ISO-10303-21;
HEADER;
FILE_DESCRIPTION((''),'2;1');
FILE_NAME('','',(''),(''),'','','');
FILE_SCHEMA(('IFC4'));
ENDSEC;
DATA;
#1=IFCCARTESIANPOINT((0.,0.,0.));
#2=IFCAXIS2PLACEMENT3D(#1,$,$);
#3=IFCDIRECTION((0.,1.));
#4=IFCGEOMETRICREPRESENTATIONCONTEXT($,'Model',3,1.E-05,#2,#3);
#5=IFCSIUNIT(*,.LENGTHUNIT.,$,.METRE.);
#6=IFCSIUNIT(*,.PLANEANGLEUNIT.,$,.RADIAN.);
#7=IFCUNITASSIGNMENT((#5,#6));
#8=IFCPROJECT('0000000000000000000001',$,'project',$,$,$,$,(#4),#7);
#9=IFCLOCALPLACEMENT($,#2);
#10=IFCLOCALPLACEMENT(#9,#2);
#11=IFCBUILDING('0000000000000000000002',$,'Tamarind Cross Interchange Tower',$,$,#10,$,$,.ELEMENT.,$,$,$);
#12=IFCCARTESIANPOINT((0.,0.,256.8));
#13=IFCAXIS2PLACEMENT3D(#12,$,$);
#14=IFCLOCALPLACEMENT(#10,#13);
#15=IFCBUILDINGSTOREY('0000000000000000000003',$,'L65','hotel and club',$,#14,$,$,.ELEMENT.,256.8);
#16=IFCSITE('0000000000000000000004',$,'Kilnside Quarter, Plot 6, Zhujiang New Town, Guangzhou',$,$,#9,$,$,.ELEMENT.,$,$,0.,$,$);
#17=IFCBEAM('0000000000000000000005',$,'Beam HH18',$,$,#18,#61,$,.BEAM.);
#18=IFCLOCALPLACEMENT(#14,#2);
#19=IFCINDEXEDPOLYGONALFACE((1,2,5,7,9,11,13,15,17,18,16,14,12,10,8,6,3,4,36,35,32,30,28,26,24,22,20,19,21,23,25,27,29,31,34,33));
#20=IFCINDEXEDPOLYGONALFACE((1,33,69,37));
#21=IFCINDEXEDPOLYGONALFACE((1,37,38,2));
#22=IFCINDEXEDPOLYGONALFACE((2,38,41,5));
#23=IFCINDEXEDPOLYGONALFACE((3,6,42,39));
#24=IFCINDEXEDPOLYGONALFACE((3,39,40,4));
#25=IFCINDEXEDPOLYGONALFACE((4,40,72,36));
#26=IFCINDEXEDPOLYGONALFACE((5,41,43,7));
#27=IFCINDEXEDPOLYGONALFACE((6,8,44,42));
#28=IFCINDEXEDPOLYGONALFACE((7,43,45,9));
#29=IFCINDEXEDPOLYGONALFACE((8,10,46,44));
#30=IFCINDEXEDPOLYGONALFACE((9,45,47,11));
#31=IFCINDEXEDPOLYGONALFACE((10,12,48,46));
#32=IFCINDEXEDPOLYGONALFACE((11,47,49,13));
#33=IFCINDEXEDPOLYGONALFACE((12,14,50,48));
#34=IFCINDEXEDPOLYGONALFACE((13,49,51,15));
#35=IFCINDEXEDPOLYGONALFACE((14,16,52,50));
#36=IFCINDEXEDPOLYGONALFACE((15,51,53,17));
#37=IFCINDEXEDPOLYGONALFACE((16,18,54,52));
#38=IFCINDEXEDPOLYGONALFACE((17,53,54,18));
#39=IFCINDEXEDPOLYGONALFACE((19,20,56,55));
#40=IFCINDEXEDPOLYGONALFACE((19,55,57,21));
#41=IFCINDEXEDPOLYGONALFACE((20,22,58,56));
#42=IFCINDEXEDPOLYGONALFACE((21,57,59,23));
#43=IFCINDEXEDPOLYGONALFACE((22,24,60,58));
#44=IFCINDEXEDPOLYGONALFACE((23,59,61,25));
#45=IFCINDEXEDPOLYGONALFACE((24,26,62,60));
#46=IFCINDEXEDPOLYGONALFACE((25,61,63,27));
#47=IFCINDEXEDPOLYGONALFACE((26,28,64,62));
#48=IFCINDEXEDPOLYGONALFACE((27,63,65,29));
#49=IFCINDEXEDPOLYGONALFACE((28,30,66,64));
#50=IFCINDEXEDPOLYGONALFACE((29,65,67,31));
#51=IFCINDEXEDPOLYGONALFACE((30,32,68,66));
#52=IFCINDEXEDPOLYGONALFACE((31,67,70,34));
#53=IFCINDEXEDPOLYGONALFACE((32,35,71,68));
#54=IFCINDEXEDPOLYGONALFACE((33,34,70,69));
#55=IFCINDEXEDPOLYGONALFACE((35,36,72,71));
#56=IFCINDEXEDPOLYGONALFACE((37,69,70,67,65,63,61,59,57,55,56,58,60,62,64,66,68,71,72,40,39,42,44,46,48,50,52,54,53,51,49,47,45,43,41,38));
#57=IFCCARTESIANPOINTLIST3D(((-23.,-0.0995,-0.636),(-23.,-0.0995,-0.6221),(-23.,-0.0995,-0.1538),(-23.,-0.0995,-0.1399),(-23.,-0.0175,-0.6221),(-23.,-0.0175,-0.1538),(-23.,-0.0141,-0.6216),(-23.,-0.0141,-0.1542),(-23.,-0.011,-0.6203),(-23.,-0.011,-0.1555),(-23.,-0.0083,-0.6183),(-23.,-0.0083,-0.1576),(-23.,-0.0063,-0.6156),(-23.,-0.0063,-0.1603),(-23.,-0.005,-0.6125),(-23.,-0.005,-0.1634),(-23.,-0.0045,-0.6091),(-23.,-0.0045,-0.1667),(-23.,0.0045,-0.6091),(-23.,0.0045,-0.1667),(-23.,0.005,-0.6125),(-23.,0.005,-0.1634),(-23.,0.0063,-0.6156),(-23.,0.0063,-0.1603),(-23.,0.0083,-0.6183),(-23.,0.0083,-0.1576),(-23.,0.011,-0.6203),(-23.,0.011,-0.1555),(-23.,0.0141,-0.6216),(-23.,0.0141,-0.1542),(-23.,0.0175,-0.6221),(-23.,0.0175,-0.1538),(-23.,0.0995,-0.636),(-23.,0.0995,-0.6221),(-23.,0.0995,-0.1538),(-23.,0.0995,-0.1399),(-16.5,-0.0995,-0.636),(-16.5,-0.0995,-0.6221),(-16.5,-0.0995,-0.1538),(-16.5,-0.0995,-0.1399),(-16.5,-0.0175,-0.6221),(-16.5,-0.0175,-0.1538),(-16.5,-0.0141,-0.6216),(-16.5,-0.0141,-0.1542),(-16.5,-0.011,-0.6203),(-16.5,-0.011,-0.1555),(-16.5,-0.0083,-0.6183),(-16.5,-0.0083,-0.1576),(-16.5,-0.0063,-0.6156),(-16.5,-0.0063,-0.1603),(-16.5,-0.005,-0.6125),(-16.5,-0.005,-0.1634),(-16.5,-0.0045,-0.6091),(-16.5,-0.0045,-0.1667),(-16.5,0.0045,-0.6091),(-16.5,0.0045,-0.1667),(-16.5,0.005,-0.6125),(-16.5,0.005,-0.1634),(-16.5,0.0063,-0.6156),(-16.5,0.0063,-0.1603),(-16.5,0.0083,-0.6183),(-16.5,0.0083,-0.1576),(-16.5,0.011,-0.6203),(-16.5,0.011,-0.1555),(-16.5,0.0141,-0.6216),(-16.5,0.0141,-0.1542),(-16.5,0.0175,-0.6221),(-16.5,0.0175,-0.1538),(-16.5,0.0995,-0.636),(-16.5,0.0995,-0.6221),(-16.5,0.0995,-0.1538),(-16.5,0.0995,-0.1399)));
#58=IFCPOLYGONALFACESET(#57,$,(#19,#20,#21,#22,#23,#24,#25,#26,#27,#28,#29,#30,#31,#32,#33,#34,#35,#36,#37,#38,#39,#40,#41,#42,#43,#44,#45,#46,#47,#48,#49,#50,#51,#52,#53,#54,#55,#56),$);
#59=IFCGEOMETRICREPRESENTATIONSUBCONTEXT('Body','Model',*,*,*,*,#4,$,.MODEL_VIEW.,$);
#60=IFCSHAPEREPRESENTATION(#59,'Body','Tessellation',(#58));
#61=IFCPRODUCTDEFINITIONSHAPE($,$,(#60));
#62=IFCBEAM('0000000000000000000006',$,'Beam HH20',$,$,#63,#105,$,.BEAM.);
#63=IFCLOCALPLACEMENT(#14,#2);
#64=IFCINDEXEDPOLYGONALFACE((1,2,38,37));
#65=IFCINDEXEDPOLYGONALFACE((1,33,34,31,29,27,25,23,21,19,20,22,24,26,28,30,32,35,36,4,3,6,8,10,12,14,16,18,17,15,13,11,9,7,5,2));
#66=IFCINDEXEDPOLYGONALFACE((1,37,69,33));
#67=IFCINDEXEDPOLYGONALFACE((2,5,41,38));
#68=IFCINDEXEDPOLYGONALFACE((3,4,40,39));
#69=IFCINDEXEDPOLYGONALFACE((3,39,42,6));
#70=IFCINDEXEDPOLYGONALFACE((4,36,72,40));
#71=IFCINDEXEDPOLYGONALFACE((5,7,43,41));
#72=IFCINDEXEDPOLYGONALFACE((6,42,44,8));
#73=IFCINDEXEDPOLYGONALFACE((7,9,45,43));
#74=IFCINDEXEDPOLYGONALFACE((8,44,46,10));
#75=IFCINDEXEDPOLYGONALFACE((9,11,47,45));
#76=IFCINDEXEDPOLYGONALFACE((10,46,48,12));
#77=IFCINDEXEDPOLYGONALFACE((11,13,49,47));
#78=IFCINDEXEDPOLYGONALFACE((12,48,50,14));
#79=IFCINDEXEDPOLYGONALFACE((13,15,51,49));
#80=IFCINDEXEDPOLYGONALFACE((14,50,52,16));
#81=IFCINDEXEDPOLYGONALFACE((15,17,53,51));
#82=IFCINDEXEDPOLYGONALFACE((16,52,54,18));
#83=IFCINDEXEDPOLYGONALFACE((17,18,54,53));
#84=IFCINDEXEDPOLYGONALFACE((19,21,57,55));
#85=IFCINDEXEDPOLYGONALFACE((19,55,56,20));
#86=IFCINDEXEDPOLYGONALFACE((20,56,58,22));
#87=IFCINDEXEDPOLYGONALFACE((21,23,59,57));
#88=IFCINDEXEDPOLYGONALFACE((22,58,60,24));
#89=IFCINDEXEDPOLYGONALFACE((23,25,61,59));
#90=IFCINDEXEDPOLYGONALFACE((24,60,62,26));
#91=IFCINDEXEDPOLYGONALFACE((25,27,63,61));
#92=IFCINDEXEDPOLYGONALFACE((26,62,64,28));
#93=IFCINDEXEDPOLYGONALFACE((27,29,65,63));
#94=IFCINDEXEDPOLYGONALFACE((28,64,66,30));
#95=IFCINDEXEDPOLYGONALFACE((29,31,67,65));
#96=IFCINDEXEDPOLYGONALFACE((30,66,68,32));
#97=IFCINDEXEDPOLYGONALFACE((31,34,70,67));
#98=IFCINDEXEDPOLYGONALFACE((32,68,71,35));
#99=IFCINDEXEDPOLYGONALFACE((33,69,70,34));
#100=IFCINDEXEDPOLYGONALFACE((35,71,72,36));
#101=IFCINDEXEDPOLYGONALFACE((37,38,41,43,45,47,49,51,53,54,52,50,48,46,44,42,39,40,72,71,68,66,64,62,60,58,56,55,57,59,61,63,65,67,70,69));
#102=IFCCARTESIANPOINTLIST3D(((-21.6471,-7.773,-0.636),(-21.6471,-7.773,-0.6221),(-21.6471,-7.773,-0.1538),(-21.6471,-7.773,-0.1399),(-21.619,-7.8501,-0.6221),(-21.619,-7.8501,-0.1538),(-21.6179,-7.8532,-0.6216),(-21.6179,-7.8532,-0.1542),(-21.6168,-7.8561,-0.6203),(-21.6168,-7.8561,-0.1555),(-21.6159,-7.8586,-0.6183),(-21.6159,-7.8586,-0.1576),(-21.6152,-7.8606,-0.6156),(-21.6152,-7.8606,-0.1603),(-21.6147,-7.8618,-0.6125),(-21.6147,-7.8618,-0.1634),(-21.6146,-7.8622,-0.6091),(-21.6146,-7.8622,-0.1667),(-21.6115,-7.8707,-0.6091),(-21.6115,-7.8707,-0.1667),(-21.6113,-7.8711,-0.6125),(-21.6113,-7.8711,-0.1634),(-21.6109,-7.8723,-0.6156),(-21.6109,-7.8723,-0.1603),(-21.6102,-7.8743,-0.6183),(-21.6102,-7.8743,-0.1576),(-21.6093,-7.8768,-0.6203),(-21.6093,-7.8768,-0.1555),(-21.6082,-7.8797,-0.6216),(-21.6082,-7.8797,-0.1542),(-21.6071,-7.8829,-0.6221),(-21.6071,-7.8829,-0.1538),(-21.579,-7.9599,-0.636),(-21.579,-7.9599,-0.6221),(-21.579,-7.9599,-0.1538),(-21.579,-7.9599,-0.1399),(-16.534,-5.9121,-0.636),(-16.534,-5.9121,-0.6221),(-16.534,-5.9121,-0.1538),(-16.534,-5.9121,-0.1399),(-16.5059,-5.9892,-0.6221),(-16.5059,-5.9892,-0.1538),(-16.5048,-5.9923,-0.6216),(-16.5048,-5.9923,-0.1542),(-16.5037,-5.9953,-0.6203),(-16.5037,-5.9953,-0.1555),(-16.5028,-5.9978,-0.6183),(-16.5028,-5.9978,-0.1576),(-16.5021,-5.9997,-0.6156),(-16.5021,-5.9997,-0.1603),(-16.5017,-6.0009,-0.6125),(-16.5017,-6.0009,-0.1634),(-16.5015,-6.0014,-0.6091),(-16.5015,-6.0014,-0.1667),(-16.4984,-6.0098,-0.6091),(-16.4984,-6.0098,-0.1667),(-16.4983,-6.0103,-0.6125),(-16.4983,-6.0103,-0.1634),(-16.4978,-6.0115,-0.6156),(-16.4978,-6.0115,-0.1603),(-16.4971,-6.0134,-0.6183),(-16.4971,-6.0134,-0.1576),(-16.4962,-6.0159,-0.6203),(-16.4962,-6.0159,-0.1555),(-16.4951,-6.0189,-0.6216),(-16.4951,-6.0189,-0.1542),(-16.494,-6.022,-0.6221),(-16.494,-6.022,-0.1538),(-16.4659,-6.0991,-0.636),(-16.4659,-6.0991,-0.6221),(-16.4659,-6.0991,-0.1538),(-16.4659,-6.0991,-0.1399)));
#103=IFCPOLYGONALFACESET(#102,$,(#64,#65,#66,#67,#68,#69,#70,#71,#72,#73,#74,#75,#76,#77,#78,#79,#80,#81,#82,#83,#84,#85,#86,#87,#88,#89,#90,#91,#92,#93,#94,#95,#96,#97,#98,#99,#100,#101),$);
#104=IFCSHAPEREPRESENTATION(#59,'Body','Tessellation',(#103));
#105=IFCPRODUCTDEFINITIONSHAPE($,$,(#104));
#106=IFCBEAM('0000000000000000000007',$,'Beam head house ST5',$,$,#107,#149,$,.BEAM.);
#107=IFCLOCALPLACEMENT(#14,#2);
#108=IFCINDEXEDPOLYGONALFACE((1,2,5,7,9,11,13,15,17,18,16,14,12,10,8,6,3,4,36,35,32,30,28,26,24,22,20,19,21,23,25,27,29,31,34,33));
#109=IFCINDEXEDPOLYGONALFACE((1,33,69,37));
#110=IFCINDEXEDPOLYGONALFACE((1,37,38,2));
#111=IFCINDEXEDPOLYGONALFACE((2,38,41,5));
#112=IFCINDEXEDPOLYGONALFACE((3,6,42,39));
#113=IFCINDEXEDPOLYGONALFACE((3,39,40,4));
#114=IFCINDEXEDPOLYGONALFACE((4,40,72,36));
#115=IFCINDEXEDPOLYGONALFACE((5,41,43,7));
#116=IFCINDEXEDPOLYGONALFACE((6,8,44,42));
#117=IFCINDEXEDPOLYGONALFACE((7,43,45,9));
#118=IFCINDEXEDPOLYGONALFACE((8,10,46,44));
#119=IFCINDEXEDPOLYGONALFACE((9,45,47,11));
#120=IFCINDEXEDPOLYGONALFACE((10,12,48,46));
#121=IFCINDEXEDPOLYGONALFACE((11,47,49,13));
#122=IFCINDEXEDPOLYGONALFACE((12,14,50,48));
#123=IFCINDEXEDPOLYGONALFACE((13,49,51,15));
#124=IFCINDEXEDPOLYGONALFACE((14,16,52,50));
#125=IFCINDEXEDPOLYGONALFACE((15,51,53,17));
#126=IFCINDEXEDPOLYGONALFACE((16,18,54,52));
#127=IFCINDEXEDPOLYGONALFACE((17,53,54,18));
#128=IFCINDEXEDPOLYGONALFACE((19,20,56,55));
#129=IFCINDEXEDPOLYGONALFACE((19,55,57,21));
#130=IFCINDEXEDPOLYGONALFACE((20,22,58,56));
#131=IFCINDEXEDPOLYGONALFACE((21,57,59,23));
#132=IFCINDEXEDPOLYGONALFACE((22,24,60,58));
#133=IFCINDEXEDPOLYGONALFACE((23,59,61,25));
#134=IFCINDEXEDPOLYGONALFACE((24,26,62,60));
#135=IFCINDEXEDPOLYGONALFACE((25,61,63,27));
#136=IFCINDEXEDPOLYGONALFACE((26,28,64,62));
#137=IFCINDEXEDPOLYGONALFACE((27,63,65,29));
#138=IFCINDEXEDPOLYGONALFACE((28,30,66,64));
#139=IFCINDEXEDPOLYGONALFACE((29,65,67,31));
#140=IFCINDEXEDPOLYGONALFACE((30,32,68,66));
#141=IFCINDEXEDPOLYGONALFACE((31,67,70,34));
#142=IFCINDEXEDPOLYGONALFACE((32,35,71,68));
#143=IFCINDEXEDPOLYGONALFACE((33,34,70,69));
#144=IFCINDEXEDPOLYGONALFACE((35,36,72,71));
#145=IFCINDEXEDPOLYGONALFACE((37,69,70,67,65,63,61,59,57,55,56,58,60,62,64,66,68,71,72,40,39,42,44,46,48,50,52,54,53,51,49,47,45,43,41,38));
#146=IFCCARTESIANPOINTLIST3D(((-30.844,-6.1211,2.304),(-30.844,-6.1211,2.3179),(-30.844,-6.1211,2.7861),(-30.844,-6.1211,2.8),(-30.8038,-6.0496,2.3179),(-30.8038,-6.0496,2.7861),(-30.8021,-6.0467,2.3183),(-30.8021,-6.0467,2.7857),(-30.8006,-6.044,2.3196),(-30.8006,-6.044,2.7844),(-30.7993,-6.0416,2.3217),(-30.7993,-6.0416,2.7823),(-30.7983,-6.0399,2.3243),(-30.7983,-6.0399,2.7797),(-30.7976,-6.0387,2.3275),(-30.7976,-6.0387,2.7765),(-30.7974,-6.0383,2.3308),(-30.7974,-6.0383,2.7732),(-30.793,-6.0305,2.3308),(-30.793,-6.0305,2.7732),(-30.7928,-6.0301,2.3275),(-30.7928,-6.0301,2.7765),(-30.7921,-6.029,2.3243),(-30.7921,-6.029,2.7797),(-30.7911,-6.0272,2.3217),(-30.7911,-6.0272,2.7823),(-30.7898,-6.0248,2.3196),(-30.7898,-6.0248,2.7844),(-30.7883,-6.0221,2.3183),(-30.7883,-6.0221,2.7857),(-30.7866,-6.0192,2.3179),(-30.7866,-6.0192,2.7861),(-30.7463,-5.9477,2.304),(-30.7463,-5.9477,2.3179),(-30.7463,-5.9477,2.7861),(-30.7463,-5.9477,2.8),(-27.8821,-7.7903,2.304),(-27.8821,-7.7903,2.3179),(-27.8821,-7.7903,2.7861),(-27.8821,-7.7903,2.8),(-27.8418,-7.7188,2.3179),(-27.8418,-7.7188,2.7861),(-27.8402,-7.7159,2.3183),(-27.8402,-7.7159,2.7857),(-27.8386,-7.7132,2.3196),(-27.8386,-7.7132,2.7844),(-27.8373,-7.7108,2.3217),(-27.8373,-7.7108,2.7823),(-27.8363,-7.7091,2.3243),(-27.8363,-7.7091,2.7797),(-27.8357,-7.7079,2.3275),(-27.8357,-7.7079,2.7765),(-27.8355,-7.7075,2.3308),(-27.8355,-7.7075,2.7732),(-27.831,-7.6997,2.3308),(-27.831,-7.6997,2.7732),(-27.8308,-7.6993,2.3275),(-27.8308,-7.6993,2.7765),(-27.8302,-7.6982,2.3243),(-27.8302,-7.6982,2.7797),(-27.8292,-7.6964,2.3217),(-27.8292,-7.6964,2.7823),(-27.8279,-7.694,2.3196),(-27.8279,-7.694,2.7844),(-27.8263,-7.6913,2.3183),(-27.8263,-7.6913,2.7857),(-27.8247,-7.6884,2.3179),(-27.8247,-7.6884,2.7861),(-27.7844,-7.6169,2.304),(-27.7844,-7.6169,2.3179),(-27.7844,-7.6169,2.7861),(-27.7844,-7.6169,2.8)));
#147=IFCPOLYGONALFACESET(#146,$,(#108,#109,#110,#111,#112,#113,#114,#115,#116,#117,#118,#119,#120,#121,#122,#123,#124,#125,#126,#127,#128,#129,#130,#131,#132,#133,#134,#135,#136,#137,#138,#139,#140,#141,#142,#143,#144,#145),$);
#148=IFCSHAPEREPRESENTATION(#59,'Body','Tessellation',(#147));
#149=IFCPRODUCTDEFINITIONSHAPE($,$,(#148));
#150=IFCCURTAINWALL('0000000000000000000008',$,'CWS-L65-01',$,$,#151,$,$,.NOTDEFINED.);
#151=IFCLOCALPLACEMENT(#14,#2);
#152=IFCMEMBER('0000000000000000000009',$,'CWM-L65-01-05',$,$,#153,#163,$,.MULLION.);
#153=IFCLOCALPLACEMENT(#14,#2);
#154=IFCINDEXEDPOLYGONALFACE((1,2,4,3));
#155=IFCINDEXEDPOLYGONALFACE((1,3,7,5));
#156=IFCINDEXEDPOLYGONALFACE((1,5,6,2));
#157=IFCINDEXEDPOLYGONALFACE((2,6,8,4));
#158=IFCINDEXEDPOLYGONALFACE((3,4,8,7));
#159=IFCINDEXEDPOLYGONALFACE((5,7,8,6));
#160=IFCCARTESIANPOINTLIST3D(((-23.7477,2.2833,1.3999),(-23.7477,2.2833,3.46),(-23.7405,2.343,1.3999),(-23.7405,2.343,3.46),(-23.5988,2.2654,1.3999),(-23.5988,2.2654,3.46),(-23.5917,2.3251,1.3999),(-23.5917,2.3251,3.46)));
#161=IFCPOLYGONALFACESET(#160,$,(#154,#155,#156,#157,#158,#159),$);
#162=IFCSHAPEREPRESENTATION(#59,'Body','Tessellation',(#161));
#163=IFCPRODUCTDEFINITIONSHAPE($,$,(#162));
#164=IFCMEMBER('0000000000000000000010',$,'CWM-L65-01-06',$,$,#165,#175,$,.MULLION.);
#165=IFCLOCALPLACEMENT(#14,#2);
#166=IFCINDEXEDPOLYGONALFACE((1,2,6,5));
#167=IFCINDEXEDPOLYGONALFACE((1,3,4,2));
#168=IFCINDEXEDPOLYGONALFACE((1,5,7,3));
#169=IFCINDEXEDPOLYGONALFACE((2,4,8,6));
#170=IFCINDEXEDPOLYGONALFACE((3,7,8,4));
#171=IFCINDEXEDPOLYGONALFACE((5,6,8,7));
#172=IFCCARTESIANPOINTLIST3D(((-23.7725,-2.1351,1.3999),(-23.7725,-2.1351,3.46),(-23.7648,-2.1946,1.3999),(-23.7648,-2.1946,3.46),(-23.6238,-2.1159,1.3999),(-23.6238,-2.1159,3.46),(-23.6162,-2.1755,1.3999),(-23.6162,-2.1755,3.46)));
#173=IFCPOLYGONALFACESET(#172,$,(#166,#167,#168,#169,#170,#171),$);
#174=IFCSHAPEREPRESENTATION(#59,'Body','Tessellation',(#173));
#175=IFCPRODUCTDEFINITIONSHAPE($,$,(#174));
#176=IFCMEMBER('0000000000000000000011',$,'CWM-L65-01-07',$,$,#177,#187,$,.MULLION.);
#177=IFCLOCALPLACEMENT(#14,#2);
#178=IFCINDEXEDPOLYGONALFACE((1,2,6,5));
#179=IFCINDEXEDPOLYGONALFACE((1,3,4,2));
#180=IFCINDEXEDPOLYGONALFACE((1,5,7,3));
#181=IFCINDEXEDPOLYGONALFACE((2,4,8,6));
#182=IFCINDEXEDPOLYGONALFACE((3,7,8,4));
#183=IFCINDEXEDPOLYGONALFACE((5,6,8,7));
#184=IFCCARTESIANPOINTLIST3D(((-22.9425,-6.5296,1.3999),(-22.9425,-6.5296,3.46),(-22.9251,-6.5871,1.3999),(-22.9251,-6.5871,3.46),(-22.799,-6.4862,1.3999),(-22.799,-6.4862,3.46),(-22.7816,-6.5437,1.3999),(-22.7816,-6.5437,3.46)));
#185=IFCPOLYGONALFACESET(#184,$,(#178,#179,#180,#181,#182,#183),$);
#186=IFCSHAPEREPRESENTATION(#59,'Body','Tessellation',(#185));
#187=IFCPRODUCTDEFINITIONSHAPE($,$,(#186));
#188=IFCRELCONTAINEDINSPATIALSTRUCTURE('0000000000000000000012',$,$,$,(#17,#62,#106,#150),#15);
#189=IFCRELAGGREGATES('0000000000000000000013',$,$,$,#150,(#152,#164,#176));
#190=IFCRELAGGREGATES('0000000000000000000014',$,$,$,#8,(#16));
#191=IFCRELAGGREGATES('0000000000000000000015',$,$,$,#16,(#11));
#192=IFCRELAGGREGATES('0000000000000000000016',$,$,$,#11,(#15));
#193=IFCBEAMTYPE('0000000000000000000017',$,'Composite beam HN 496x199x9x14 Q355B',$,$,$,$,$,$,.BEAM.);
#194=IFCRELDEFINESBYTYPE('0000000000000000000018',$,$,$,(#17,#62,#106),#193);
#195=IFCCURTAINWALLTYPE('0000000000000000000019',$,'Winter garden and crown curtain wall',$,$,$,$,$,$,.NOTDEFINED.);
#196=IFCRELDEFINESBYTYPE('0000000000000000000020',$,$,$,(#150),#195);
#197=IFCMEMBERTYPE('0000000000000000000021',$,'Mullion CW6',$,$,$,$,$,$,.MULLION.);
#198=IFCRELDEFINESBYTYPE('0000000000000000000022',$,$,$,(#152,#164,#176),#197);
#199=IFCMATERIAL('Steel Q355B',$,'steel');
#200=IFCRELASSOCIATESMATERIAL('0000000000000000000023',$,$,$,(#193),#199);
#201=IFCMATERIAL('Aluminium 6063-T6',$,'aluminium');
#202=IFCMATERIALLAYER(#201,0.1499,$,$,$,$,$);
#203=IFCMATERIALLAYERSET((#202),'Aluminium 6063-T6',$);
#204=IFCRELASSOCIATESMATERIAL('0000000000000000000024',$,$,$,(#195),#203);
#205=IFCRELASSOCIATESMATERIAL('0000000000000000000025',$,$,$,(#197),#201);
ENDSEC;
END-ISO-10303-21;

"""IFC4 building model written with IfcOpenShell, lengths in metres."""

from ifc_helpers import new_model, si_unit, direction, frame, origin, origin_2d, place, context, subcontext, project, spatial, rectangle, i_section, extrude, material, layer, layer_set, material_profile, profile_set, type_object, element, aggregate, save


model = new_model("IFC4")

# Units and contexts
model_context = context("Model", 3, precision=1e-05, world=origin(), true_north=direction((0.0, 1.0)))
body_context = subcontext(model_context, "Body", "Model", "MODEL_VIEW")
ifc_project = project(units=[si_unit("LENGTHUNIT", "METRE"), si_unit("PLANEANGLEUNIT", "RADIAN")], contexts=[model_context])

# Site, building, storey
site_placement = place(None, origin())
site = spatial("IfcSite", under=ifc_project, at=site_placement, Name="Kilnside Quarter, Plot 6, Zhujiang New Town, Guangzhou", CompositionType="ELEMENT", RefElevation=0.0)
building_placement = place(site_placement, origin())
building = spatial("IfcBuilding", under=site, at=building_placement, Name="Tamarind Cross Interchange Tower", CompositionType="ELEMENT")
storey_placement = place(building_placement, frame((0.0, 0.0, 256.8)))
storey = spatial("IfcBuildingStorey", under=building, at=storey_placement, Name="L65", Description="hotel and club", CompositionType="ELEMENT", Elevation=256.8)

# Beams
ifc_material_1 = material(Name="Steel Q355B", Category="steel")
ifc_material_profile_1 = material_profile(ifc_material_1, i_section(OverallWidth=0.199, OverallDepth=0.4961, WebThickness=0.009, FlangeThickness=0.0139, FilletRadius=0.0129, at=origin_2d()), Name="HN 496x199x9x14")
ifc_profile_set_1 = profile_set([ifc_material_profile_1], Name="Steel Q355B")
beam_type = type_object("IfcBeamType", Name="Composite beam HN 496x199x9x14 Q355B", PredefinedType="BEAM", material=ifc_profile_set_1)
beam_1_placement = place(storey_placement, frame((-23.0, 0.0, -0.3879), z_axis=(1.0, 0.0, 0.0), x_axis=(0.0, 1.0, 0.0)))
element("IfcBeam", 1, at=beam_1_placement, inside=storey, type_object=beam_type, Name="Beam HH18", PredefinedType="BEAM", context=body_context, shape_type="SweptSolid", body=[
    extrude(i_section(OverallWidth=0.199, OverallDepth=0.4961, WebThickness=0.009, FlangeThickness=0.0139, FilletRadius=0.0129, at=origin_2d()), origin(), (0.0, 0.0, 1.0), 6.5),
])
beam_2_placement = place(storey_placement, frame((-21.613, -7.8665, -0.3879), z_axis=(0.939702, 0.341995, 0.0), x_axis=(-0.341995, 0.939702, 0.0)))
element("IfcBeam", 2, at=beam_2_placement, inside=storey, type_object=beam_type, Name="Beam HH20", PredefinedType="BEAM", context=body_context, shape_type="SweptSolid", body=[
    extrude(i_section(OverallWidth=0.199, OverallDepth=0.4961, WebThickness=0.009, FlangeThickness=0.0139, FilletRadius=0.0129, at=origin_2d()), origin(), (0.0, 0.0, 1.0), 5.4412),
])
beam_3_placement = place(storey_placement, frame((-27.8333, -7.7036, 2.552), z_axis=(-0.871184, 0.490957, 0.0), x_axis=(-0.490957, -0.871184, 0.0)))
element("IfcBeam", 3, at=beam_3_placement, inside=storey, type_object=beam_type, Name="Beam head house ST5", PredefinedType="BEAM", context=body_context, shape_type="SweptSolid", body=[
    extrude(i_section(OverallWidth=0.199, OverallDepth=0.4961, WebThickness=0.009, FlangeThickness=0.0139, FilletRadius=0.0129, at=origin_2d()), origin(), (0.0, 0.0, 1.0), 3.3999),
])

# Curtain wall, members
ifc_material_2 = material(Name="Aluminium 6063-T6", Category="aluminium")
ifc_layer_1 = layer(ifc_material_2, 0.1499)
ifc_layer_set_1 = layer_set([ifc_layer_1], Name="Aluminium 6063-T6")
curtain_wall_type = type_object("IfcCurtainWallType", Name="Winter garden and crown curtain wall", PredefinedType="NOTDEFINED", material=ifc_layer_set_1)
curtain_wall_placement = place(storey_placement, origin())
curtain_wall = element("IfcCurtainWall", 4, at=curtain_wall_placement, inside=storey, type_object=curtain_wall_type, Name="CWS-L65-01", PredefinedType="NOTDEFINED")
ifc_material_profile_2 = material_profile(ifc_material_2, rectangle(XDim=0.0601, YDim=0.1499, at=origin_2d()), Name="Mullion CW6")
ifc_profile_set_2 = profile_set([ifc_material_profile_2], Name="Aluminium 6063-T6")
member_type = type_object("IfcMemberType", Name="Mullion CW6", PredefinedType="MULLION", material=ifc_profile_set_2)
member_1_placement = place(storey_placement, frame((-23.6697, 2.3042, 1.3999), z_axis=(0.0, 0.0, 1.0), x_axis=(-0.119421, -0.992844, 0.0)))
member_1 = element("IfcMember", 5, at=member_1_placement, type_object=member_type, Name="CWM-L65-01-05", PredefinedType="MULLION", context=body_context, shape_type="SweptSolid", body=[
    extrude(rectangle(XDim=0.0601, YDim=0.1499, at=origin_2d()), origin(), (0.0, 0.0, 1.0), 2.0601),
])
member_2_placement = place(storey_placement, frame((-23.6943, -2.1553, 1.3999), z_axis=(0.0, 0.0, 1.0), x_axis=(0.127962, -0.991779, 0.0)))
member_2 = element("IfcMember", 6, at=member_2_placement, type_object=member_type, Name="CWM-L65-01-06", PredefinedType="MULLION", context=body_context, shape_type="SweptSolid", body=[
    extrude(rectangle(XDim=0.0601, YDim=0.1499, at=origin_2d()), origin(), (0.0, 0.0, 1.0), 2.0601),
])
member_3_placement = place(storey_placement, frame((-22.8621, -6.5366, 1.3999), z_axis=(0.0, 0.0, 1.0), x_axis=(0.289458, -0.957191, 0.0)))
member_3 = element("IfcMember", 7, at=member_3_placement, type_object=member_type, Name="CWM-L65-01-07", PredefinedType="MULLION", context=body_context, shape_type="SweptSolid", body=[
    extrude(rectangle(XDim=0.0601, YDim=0.1499, at=origin_2d()), origin(), (0.0, 0.0, 1.0), 2.0601),
])
aggregate(curtain_wall, [member_1, member_2, member_3])

save(model, "model.ifc")
